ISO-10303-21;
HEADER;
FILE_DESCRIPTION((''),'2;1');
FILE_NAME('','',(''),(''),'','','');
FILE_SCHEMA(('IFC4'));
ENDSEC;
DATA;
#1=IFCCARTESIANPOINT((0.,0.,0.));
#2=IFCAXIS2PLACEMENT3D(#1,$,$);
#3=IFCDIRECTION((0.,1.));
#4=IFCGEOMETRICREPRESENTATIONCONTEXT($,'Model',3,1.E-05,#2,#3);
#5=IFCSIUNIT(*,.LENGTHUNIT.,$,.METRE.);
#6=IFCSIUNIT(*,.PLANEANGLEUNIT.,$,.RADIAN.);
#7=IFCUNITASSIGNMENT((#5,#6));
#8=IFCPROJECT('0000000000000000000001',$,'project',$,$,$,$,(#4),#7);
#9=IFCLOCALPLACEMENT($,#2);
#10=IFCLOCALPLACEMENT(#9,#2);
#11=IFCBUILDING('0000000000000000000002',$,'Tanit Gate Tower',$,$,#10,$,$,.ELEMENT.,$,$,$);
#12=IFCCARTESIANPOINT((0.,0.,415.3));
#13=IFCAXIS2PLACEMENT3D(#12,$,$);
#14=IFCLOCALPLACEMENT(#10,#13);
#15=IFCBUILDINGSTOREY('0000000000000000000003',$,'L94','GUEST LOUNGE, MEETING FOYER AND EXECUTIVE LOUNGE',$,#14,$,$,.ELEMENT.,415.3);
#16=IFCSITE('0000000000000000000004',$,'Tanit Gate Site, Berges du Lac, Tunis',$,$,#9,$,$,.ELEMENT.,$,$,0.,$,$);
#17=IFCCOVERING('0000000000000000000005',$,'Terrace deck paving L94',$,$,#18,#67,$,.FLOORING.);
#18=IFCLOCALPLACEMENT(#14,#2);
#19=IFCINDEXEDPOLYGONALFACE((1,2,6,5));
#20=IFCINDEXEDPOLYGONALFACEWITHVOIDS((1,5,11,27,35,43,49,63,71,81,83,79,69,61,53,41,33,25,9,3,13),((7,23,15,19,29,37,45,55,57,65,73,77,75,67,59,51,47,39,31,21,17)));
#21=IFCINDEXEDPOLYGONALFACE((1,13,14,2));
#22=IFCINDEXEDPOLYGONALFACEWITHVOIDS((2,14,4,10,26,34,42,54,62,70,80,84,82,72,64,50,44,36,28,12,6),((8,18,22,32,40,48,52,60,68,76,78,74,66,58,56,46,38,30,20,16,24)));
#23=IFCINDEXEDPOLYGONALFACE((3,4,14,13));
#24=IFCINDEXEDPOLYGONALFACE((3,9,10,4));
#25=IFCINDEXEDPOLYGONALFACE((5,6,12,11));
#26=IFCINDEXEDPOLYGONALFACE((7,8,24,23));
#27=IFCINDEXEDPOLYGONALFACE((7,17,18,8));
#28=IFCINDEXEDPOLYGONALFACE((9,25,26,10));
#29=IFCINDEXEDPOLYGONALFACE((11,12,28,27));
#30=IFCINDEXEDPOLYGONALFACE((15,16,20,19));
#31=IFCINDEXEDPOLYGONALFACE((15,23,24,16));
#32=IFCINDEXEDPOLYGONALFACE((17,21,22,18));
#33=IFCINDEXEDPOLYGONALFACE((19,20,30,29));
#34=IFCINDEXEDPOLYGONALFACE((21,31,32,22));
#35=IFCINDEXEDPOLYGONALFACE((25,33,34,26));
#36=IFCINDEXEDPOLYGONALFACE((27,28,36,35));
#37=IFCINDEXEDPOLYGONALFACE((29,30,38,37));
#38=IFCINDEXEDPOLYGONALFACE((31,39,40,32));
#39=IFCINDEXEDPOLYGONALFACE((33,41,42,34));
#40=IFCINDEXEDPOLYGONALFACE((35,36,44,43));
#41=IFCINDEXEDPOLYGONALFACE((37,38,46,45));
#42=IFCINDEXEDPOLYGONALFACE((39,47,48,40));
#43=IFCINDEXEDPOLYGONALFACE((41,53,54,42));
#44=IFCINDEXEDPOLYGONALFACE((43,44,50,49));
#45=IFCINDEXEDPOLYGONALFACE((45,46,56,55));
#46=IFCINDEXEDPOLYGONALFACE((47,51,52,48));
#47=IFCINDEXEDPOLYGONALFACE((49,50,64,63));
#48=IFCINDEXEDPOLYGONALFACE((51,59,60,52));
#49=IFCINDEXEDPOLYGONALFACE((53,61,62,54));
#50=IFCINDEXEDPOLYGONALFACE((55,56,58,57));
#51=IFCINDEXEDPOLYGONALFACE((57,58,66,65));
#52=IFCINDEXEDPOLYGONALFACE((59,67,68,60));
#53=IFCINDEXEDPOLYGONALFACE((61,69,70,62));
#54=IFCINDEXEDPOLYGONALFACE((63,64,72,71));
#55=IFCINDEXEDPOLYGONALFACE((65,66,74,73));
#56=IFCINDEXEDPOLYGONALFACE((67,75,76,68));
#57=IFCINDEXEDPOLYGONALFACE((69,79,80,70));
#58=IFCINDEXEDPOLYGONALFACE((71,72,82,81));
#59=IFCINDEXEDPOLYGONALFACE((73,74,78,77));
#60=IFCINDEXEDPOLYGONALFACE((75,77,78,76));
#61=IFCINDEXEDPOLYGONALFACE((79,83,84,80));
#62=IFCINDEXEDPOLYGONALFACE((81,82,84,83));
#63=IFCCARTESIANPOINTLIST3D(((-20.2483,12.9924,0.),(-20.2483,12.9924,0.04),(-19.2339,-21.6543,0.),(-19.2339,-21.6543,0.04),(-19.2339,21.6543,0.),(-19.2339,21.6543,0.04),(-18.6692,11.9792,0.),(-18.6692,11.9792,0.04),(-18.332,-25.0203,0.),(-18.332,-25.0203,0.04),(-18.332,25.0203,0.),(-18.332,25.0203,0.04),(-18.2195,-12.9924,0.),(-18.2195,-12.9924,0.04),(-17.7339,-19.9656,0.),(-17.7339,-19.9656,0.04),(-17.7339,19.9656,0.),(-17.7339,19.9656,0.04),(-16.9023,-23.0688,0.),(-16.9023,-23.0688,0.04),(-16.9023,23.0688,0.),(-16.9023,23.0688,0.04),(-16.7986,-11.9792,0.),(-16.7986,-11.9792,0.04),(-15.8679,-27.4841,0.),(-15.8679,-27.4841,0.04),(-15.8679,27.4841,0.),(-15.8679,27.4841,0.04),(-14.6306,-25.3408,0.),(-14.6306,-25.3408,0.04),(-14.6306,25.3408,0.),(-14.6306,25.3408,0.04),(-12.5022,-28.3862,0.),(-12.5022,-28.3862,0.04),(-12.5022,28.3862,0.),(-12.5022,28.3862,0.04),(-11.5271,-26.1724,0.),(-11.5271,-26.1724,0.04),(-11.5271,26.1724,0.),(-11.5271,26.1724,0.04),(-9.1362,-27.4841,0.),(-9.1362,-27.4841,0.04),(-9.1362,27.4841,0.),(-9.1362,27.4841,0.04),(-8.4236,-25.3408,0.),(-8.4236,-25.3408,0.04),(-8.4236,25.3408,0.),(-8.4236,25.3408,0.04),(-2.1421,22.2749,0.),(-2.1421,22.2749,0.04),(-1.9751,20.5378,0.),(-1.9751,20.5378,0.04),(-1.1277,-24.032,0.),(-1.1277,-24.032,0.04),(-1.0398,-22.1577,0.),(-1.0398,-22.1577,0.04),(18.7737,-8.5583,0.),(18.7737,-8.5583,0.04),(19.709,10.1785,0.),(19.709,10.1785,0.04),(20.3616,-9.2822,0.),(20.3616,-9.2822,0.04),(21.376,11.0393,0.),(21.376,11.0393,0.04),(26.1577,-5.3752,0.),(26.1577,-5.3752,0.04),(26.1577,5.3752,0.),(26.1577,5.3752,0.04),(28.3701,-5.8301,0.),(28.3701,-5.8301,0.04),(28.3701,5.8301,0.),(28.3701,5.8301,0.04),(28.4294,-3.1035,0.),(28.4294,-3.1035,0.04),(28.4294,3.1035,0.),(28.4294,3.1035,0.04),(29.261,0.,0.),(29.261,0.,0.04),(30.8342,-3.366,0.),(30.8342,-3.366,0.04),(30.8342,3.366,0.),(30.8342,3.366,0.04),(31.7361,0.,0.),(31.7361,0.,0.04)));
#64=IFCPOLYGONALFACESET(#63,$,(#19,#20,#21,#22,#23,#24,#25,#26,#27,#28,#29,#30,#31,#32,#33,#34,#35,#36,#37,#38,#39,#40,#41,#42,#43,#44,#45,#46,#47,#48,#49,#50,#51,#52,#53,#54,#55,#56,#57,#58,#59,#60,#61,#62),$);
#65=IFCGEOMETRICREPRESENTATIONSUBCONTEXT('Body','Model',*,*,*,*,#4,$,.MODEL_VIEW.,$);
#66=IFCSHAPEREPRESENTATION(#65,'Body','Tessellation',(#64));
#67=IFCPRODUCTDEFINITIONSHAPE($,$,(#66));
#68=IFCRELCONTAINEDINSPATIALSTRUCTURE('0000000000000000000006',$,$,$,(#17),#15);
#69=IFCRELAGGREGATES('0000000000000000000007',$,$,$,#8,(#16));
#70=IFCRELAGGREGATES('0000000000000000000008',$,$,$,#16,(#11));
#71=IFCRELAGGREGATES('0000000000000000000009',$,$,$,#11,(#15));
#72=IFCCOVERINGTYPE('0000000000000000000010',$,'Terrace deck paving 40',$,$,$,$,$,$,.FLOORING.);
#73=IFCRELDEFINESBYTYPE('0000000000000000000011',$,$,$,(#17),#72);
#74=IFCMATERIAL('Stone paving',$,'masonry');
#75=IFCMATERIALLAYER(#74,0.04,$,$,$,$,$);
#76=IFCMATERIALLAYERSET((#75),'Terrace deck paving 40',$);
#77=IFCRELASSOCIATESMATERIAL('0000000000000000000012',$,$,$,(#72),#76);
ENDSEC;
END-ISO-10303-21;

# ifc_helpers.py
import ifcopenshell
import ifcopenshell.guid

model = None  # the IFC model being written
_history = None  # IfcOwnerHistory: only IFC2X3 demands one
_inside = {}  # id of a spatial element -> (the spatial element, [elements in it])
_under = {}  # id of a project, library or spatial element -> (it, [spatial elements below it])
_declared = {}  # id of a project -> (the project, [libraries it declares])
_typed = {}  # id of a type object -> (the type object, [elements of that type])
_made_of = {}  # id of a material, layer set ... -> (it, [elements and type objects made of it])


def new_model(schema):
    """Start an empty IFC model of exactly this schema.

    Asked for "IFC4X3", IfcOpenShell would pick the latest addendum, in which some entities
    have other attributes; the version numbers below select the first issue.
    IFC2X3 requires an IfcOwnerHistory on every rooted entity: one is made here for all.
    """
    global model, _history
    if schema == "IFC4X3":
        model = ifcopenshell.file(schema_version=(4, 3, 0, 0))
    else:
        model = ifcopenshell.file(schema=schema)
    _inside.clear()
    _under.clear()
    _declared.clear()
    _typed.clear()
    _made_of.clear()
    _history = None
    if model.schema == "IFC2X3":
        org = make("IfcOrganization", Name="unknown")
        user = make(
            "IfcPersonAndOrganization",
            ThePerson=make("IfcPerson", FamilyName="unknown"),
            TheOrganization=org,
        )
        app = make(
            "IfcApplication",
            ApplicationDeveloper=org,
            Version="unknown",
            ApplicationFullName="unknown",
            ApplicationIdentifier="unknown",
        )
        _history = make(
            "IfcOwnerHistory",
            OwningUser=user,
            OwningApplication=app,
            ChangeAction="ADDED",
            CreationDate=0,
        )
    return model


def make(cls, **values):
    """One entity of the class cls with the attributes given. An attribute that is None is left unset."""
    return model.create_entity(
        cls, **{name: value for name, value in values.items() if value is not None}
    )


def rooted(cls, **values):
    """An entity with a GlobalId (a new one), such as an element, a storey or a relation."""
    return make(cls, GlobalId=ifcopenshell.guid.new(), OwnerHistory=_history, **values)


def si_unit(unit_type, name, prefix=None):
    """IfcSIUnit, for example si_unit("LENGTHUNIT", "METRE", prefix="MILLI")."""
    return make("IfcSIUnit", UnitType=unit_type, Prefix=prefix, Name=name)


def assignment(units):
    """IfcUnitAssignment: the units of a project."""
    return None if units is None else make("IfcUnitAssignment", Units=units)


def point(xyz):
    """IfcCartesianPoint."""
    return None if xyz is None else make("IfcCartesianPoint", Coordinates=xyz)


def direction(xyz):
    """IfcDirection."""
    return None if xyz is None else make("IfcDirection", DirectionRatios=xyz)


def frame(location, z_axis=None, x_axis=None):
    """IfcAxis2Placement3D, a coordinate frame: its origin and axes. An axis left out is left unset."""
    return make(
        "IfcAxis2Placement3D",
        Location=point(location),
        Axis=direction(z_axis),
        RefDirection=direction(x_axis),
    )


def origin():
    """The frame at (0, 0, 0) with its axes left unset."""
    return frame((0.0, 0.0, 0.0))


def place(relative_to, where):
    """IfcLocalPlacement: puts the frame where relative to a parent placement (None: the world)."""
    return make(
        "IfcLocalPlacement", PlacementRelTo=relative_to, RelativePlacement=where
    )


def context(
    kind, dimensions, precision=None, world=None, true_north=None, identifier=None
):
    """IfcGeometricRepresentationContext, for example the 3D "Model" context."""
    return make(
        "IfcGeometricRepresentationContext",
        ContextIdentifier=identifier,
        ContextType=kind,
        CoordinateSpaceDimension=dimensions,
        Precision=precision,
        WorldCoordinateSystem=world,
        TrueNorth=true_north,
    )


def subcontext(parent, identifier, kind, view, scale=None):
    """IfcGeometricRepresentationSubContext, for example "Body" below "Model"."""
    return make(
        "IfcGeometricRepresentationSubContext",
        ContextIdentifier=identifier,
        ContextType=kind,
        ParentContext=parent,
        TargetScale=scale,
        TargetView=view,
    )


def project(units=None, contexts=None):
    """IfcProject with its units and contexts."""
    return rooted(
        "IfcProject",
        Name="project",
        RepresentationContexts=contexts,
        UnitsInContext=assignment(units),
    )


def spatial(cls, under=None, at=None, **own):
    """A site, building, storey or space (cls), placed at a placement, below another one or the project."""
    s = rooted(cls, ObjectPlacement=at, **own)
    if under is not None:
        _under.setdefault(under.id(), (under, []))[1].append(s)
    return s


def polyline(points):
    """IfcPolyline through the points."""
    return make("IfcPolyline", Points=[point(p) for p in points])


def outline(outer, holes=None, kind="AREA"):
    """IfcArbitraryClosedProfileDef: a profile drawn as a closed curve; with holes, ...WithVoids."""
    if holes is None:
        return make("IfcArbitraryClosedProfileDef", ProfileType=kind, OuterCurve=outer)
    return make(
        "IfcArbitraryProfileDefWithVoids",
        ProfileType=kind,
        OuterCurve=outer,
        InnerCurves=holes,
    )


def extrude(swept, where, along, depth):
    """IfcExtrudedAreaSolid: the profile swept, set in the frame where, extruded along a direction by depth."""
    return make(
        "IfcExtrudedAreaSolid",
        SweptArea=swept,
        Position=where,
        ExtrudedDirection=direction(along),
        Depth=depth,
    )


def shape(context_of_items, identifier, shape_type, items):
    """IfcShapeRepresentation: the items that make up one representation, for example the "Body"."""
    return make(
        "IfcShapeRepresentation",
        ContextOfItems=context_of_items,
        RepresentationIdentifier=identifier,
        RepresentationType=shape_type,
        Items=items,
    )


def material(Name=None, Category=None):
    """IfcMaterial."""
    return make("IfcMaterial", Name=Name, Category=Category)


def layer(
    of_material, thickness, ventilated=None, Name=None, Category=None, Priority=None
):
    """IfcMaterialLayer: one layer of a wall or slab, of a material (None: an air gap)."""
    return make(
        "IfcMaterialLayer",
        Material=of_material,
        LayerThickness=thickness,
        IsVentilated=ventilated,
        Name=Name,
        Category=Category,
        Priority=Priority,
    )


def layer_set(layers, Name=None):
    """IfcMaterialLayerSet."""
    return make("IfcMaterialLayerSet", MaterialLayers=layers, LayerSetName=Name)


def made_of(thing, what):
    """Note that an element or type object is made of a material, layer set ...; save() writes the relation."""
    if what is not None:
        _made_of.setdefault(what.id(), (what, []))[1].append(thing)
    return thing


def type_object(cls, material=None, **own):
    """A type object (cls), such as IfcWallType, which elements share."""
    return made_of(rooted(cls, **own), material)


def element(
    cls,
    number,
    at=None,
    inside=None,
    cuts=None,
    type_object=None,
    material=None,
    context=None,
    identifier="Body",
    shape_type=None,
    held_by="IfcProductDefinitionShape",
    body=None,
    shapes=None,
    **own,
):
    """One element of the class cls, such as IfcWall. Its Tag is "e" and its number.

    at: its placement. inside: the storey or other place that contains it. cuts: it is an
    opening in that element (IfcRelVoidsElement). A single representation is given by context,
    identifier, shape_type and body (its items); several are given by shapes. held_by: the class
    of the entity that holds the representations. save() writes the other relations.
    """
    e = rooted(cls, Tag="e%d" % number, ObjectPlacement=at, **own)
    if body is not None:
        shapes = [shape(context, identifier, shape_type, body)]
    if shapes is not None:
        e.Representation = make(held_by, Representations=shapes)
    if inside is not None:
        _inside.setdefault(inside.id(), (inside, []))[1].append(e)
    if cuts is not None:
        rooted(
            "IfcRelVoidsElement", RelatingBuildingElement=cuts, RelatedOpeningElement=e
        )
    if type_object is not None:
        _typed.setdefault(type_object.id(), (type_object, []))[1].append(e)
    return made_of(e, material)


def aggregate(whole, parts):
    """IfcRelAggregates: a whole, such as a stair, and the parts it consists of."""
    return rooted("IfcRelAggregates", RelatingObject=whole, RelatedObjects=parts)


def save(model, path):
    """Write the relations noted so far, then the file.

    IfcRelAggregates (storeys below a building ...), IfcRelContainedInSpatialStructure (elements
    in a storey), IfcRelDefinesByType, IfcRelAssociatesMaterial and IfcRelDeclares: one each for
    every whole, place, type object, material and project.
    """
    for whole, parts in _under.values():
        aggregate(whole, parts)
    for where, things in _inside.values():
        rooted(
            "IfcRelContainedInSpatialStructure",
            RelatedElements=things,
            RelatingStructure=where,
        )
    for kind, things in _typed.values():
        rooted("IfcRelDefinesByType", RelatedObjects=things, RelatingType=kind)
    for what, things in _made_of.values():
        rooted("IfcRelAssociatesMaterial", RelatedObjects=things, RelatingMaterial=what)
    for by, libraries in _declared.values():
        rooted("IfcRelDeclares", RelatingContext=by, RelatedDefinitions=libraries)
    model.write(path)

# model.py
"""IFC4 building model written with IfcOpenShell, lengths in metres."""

from ifc_helpers import new_model, si_unit, direction, frame, origin, place, context, subcontext, project, spatial, polyline, outline, extrude, material, layer, layer_set, type_object, element, save


model = new_model("IFC4")

# Units and contexts
model_context = context("Model", 3, precision=1e-05, world=origin(), true_north=direction((0.0, 1.0)))
body_context = subcontext(model_context, "Body", "Model", "MODEL_VIEW")
ifc_project = project(units=[si_unit("LENGTHUNIT", "METRE"), si_unit("PLANEANGLEUNIT", "RADIAN")], contexts=[model_context])

# Site, building, storey
site_placement = place(None, origin())
site = spatial("IfcSite", under=ifc_project, at=site_placement, Name="Tanit Gate Site, Berges du Lac, Tunis", CompositionType="ELEMENT", RefElevation=0.0)
building_placement = place(site_placement, origin())
building = spatial("IfcBuilding", under=site, at=building_placement, Name="Tanit Gate Tower", CompositionType="ELEMENT")
storey_placement = place(building_placement, frame((0.0, 0.0, 415.3)))
storey = spatial("IfcBuildingStorey", under=building, at=storey_placement, Name="L94", Description="GUEST LOUNGE, MEETING FOYER AND EXECUTIVE LOUNGE", CompositionType="ELEMENT", Elevation=415.3)

# Covering
ifc_material_1 = material(Name="Stone paving", Category="masonry")
ifc_layer_1 = layer(ifc_material_1, 0.04)
ifc_layer_set_1 = layer_set([ifc_layer_1], Name="Terrace deck paving 40")
covering_type = type_object("IfcCoveringType", Name="Terrace deck paving 40", PredefinedType="FLOORING", material=ifc_layer_set_1)
covering_placement = place(storey_placement, origin())
element("IfcCovering", 1, at=covering_placement, inside=storey, type_object=covering_type, Name="Terrace deck paving L94", PredefinedType="FLOORING", context=body_context, shape_type="SweptSolid", body=[
    extrude(outline(polyline([(30.8342, 3.366), (31.7361, 0.0), (30.8342, -3.366), (28.3701, -5.8301), (20.3616, -9.2822), (-1.1277, -24.032), (-9.1362, -27.4841), (-12.5022, -28.3862), (-15.8679, -27.4841), (-18.332, -25.0203), (-19.2339, -21.6543), (-18.2195, -12.9924), (-20.2483, 12.9924), (-19.2339, 21.6543), (-18.332, 25.0203), (-15.8679, 27.4841), (-12.5022, 28.3862), (-9.1362, 27.4841), (-2.1421, 22.2749), (21.376, 11.0393), (28.3701, 5.8301), (30.8342, 3.366)]), holes=[polyline([(19.709, 10.1785), (-1.9751, 20.5378), (-8.4236, 25.3408), (-11.5271, 26.1724), (-14.6306, 25.3408), (-16.9023, 23.0688), (-17.7339, 19.9656), (-18.6692, 11.9792), (-16.7986, -11.9792), (-17.7339, -19.9656), (-16.9023, -23.0688), (-14.6306, -25.3408), (-11.5271, -26.1724), (-8.4236, -25.3408), (-1.0398, -22.1577), (18.7737, -8.5583), (26.1577, -5.3752), (28.4294, -3.1035), (29.261, 0.0), (28.4294, 3.1035), (26.1577, 5.3752), (19.709, 10.1785)])]), origin(), (0.0, 0.0, 1.0), 0.04),
])

save(model, "model.ifc")
